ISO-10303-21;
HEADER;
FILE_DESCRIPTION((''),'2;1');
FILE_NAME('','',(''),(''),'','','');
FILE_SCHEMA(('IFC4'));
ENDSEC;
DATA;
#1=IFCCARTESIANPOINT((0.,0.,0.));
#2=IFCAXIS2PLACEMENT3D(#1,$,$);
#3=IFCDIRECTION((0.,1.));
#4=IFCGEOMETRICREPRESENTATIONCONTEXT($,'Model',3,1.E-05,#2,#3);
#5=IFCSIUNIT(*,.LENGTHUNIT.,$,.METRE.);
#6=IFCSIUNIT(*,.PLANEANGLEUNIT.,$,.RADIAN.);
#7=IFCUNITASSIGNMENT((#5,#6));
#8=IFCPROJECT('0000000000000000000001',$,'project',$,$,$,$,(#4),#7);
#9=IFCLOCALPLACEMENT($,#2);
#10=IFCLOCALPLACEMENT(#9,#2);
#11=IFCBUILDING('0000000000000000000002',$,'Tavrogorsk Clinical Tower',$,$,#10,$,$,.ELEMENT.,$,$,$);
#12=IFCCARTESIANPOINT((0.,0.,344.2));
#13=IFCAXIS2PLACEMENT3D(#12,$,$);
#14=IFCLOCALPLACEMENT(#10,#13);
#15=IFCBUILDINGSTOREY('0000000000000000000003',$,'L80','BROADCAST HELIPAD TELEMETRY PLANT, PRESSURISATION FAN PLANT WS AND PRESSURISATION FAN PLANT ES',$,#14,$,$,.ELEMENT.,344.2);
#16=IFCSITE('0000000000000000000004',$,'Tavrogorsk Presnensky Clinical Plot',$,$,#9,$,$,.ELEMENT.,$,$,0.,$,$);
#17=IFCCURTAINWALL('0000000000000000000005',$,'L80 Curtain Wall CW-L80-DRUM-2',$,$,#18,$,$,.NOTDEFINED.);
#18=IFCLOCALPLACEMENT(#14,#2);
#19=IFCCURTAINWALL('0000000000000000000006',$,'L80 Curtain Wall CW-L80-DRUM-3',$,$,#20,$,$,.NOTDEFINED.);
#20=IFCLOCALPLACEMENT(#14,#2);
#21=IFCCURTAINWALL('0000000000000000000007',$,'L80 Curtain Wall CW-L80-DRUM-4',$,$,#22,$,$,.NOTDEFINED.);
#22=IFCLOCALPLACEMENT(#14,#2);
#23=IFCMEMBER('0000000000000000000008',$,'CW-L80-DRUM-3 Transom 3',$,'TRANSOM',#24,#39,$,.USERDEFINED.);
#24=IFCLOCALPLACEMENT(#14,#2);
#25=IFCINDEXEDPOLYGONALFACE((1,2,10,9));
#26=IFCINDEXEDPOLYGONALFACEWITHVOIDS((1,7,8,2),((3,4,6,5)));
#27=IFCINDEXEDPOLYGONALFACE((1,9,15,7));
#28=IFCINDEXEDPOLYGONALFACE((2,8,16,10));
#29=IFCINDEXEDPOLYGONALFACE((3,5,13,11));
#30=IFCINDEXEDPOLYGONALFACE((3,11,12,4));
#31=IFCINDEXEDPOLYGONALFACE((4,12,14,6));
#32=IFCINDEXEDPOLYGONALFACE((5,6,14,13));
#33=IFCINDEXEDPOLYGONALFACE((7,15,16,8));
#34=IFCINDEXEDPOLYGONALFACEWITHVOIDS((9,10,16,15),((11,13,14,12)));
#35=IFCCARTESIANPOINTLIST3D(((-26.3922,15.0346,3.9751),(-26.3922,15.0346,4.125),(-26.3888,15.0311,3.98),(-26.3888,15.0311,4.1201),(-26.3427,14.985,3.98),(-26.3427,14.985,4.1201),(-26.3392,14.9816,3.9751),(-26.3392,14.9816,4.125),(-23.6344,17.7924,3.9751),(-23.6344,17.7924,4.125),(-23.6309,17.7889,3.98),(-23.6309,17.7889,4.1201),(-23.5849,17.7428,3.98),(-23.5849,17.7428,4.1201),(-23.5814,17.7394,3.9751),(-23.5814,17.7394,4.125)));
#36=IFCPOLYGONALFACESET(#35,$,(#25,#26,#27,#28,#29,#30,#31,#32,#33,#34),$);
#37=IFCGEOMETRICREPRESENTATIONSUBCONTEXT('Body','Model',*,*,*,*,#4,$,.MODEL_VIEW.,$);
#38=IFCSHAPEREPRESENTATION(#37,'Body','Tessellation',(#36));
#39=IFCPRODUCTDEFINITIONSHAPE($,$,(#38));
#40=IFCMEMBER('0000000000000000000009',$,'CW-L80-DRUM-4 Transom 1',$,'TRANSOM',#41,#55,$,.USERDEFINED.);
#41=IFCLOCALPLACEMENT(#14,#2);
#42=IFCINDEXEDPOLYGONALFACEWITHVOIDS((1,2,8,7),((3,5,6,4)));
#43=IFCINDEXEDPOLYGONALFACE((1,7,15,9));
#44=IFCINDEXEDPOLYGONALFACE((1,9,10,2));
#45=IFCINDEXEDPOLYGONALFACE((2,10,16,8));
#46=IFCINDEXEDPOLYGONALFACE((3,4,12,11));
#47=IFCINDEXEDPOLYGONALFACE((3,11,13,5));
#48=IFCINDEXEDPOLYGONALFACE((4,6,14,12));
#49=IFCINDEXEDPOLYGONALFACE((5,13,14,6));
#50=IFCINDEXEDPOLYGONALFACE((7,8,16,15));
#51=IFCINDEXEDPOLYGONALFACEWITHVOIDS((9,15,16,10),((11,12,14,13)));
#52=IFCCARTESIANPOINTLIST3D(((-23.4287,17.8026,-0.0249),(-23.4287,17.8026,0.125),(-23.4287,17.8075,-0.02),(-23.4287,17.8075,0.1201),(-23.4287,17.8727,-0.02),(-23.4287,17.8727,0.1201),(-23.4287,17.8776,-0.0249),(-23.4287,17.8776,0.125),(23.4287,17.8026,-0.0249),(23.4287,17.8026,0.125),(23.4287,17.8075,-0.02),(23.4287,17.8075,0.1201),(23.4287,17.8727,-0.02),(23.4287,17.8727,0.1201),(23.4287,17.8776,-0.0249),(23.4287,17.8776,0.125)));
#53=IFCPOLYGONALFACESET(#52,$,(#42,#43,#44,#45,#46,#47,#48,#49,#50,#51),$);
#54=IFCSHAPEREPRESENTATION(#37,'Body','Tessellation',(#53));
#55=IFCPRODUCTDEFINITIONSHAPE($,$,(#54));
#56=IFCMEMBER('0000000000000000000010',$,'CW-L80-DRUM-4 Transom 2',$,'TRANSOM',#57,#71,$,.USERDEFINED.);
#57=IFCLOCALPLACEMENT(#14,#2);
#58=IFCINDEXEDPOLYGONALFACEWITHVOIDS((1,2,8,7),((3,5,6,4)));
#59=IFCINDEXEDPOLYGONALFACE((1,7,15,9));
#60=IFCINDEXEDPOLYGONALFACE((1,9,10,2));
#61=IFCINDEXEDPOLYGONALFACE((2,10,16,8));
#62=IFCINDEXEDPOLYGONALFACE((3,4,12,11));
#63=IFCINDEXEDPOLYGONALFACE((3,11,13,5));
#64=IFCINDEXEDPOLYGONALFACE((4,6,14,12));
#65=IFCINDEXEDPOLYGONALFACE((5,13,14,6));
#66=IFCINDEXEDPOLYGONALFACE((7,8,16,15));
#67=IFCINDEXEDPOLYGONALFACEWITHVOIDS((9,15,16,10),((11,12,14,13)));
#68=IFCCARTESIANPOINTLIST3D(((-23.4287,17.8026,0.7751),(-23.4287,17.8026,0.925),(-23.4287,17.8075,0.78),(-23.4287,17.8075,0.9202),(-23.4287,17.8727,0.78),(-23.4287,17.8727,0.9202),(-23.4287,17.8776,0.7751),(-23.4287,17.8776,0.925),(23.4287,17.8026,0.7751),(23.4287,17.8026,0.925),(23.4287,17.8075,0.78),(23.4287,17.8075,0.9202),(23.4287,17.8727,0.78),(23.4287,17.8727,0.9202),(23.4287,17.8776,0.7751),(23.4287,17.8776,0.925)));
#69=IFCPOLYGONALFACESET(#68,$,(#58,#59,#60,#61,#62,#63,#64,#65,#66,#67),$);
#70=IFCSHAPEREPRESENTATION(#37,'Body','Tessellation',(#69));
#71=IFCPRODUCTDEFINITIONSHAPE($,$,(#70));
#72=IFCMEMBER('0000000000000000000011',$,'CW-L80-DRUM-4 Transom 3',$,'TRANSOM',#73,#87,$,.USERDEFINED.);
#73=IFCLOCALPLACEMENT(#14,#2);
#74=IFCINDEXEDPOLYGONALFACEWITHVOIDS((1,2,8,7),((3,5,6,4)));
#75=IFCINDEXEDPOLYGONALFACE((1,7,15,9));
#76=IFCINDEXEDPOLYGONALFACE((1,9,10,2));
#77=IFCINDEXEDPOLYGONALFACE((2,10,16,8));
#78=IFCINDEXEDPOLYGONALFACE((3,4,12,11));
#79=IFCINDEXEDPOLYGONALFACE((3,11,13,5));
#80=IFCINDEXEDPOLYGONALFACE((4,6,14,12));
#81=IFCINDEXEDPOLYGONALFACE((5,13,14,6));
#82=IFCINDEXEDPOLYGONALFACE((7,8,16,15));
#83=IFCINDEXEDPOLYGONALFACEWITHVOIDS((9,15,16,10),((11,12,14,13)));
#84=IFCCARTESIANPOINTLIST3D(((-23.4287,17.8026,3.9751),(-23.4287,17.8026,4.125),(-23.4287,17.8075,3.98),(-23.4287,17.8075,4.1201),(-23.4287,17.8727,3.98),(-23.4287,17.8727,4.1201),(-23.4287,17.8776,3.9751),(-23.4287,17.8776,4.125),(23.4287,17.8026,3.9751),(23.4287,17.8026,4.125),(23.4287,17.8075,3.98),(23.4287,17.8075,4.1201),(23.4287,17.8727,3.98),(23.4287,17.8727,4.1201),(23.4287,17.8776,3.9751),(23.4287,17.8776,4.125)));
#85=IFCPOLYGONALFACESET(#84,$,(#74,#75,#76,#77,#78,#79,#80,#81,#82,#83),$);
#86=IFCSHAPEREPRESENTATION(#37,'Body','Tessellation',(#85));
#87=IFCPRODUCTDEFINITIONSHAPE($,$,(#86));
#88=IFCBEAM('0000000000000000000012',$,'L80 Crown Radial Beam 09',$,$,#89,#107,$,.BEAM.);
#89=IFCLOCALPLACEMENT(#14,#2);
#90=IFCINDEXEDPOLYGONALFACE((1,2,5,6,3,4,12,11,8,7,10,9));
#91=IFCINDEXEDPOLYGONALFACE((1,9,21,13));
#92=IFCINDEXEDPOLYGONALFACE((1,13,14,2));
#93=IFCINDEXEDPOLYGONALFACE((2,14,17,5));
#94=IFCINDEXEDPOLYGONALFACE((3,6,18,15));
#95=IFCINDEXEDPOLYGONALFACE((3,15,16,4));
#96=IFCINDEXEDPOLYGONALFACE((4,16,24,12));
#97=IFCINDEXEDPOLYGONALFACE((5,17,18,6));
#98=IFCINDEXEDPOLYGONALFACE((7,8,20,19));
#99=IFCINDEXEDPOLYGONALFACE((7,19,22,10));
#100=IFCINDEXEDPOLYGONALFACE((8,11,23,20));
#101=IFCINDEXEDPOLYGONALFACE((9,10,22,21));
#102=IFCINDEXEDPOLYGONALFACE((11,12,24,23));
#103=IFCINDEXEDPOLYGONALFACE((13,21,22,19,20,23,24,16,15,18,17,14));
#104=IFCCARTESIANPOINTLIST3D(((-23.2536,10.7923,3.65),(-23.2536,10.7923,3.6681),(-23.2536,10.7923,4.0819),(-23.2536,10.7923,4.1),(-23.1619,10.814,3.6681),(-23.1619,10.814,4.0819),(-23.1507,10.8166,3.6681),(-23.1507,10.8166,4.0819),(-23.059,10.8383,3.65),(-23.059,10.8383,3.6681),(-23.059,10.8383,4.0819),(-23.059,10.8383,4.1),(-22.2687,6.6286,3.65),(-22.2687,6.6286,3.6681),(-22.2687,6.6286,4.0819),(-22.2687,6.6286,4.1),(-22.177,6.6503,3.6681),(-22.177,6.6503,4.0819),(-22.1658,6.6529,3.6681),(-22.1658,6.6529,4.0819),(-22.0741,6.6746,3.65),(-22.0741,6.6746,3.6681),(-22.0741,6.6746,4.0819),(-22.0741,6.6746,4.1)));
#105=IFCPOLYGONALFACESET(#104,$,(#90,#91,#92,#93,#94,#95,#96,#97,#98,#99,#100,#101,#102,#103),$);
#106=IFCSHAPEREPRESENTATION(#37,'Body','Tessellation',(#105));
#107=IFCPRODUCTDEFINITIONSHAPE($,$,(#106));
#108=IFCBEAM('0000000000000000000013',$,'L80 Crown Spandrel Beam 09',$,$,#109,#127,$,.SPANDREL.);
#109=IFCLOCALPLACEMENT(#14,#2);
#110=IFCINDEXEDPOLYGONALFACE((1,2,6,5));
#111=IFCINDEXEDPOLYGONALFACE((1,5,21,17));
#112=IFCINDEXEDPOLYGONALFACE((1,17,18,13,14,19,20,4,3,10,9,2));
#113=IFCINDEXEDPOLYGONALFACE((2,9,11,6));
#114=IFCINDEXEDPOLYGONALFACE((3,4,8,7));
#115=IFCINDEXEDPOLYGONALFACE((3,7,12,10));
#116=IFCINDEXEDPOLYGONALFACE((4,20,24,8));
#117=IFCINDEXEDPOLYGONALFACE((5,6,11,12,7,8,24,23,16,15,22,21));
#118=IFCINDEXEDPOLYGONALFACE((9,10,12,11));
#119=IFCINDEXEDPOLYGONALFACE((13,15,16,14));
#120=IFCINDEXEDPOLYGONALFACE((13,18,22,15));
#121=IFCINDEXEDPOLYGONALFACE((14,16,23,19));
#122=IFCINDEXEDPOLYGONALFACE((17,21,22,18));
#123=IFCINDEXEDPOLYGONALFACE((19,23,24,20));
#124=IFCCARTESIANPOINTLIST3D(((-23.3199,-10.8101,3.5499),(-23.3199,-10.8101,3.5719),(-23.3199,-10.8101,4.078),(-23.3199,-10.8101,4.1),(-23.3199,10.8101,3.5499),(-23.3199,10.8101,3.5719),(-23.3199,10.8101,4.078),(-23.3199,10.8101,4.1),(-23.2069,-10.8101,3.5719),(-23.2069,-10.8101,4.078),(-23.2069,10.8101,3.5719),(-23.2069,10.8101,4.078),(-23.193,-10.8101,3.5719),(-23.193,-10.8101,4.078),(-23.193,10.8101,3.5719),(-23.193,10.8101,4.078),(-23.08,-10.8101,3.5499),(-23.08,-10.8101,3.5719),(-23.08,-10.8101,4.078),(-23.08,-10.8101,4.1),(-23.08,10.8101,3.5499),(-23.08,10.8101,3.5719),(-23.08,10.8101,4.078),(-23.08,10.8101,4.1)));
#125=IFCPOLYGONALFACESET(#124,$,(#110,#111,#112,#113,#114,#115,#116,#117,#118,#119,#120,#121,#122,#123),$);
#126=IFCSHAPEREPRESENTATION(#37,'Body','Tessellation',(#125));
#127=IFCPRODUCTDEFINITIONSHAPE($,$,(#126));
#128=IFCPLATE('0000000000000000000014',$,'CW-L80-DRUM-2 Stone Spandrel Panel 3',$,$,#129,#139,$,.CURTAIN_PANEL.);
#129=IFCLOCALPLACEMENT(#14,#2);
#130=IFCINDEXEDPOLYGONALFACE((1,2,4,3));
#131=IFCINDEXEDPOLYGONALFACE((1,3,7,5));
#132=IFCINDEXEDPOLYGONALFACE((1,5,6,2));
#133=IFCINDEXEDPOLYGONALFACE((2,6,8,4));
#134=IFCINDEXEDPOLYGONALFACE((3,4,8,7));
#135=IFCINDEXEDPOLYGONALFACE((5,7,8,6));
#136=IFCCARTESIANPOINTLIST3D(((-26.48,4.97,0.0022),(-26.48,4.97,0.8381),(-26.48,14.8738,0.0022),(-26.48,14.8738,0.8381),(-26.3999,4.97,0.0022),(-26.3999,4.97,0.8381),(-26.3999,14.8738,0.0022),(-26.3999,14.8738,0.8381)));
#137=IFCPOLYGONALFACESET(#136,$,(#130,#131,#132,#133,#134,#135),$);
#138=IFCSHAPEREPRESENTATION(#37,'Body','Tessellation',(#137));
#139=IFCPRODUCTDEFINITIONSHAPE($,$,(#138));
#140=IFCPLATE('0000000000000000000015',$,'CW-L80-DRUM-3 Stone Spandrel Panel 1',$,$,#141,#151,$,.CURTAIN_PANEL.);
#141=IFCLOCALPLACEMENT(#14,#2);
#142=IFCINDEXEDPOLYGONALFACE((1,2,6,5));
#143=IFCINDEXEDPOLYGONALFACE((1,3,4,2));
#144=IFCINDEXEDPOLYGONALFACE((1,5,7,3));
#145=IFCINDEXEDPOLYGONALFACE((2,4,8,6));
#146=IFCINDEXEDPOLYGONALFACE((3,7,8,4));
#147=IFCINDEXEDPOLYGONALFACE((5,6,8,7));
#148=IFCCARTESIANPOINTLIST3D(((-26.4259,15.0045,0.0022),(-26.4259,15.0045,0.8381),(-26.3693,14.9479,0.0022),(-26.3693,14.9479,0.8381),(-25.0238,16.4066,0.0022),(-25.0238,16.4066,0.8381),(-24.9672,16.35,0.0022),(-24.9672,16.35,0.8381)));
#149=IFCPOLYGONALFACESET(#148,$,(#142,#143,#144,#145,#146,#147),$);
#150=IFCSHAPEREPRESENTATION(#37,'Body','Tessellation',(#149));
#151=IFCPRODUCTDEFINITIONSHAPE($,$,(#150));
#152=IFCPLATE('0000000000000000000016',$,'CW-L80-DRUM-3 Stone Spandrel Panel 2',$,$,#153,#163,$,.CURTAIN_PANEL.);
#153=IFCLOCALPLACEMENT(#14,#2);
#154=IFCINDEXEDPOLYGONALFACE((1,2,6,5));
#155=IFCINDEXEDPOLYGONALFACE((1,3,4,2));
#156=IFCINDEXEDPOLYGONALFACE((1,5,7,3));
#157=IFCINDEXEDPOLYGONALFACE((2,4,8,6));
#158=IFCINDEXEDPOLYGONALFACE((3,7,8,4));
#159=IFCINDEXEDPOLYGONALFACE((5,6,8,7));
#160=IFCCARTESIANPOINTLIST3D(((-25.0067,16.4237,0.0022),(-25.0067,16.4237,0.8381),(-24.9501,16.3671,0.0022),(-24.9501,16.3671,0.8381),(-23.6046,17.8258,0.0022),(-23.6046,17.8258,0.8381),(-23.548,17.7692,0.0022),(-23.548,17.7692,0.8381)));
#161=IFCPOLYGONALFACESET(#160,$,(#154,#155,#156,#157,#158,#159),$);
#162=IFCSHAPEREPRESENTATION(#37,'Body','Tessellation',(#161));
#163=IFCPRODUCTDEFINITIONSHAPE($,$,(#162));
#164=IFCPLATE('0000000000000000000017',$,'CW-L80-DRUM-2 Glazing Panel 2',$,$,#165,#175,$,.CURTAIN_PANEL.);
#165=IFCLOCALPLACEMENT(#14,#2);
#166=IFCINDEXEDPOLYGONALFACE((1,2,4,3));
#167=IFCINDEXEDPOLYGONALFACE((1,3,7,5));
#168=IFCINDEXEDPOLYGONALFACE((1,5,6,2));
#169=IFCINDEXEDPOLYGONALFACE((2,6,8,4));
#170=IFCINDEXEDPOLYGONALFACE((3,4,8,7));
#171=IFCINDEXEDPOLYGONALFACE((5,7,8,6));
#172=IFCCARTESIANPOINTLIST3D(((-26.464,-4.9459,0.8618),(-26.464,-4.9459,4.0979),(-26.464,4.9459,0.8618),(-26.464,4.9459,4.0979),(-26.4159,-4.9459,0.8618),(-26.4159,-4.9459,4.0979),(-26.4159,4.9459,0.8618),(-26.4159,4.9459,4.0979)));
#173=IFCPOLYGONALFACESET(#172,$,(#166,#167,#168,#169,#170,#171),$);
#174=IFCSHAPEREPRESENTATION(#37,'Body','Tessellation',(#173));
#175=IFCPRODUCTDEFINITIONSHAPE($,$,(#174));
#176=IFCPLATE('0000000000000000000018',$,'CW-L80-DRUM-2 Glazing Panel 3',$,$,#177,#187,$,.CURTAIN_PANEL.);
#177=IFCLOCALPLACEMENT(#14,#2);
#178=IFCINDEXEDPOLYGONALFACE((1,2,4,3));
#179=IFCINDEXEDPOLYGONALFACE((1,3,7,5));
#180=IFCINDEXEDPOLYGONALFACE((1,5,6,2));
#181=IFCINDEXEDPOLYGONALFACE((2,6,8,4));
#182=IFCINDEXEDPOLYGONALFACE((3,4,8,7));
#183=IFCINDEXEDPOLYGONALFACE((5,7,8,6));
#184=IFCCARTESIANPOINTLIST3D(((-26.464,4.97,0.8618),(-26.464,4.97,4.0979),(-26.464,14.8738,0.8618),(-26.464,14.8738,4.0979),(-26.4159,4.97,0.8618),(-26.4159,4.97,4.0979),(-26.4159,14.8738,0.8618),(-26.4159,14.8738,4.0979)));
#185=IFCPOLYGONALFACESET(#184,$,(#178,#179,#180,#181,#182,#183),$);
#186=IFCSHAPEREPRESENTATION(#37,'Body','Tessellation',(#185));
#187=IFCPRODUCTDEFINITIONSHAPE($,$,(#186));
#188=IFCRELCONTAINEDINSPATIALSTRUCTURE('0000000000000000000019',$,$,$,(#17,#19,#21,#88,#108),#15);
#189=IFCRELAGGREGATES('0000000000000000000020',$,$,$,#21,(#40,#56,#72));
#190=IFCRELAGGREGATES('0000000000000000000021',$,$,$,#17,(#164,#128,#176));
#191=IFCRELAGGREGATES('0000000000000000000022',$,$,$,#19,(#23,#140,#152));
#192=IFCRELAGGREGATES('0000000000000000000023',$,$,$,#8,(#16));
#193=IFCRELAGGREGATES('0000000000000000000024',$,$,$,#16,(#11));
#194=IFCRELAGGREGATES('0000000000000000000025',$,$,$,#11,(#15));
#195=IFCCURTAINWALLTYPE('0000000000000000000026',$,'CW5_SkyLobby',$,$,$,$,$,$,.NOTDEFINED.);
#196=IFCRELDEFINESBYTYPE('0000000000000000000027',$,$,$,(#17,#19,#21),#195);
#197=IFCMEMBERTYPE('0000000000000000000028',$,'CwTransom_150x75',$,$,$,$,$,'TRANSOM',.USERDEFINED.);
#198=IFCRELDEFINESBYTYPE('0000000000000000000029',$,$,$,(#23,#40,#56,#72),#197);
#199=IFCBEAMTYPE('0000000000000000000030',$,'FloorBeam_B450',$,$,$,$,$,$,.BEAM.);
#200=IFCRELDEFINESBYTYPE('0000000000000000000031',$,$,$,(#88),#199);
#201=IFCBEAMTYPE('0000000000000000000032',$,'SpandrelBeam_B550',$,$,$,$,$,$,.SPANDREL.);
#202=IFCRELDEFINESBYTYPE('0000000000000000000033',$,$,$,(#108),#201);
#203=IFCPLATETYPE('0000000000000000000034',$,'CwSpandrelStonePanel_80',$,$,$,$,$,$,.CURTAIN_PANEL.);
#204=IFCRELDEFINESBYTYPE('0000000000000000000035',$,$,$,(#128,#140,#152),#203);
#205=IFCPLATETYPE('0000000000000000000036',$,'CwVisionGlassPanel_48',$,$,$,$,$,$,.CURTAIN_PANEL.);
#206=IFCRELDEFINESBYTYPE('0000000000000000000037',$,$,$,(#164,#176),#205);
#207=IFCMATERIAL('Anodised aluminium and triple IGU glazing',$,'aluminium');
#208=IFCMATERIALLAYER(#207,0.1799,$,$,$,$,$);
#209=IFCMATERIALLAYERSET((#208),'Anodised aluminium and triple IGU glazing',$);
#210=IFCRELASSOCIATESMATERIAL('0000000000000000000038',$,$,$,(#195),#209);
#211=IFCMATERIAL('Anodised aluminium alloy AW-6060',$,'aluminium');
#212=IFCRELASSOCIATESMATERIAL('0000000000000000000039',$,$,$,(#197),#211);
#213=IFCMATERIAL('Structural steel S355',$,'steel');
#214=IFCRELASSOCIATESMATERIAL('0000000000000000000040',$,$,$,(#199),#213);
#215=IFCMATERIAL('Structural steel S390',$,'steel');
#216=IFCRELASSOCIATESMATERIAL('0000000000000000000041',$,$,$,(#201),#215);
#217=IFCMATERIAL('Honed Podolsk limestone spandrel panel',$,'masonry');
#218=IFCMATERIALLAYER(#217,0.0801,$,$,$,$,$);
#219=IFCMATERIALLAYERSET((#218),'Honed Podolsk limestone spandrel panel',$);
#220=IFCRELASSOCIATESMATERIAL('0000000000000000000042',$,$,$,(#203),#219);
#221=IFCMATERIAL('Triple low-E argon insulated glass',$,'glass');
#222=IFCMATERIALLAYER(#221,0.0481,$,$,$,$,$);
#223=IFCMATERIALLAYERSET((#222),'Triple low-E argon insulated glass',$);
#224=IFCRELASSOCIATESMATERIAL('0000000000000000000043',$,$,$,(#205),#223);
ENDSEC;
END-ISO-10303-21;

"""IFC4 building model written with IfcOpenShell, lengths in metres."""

from ifc_helpers import new_model, si_unit, direction, frame, origin, origin_2d, place, context, subcontext, project, spatial, rectangle, hollow_rectangle, i_section, extrude, material, layer, layer_set, material_profile, profile_set, type_object, element, aggregate, save


model = new_model("IFC4")

# Units and contexts
model_context = context("Model", 3, precision=1e-05, world=origin(), true_north=direction((0.0, 1.0)))
body_context = subcontext(model_context, "Body", "Model", "MODEL_VIEW")
ifc_project = project(units=[si_unit("LENGTHUNIT", "METRE"), si_unit("PLANEANGLEUNIT", "RADIAN")], contexts=[model_context])

# Site, building, storey
site_placement = place(None, origin())
site = spatial("IfcSite", under=ifc_project, at=site_placement, Name="Tavrogorsk Presnensky Clinical Plot", CompositionType="ELEMENT", RefElevation=0.0)
building_placement = place(site_placement, origin())
building = spatial("IfcBuilding", under=site, at=building_placement, Name="Tavrogorsk Clinical Tower", CompositionType="ELEMENT")
storey_placement = place(building_placement, frame((0.0, 0.0, 344.2)))
storey = spatial("IfcBuildingStorey", under=building, at=storey_placement, Name="L80", Description="BROADCAST HELIPAD TELEMETRY PLANT, PRESSURISATION FAN PLANT WS AND PRESSURISATION FAN PLANT ES", CompositionType="ELEMENT", Elevation=344.2)

# Curtain walls
ifc_material_1 = material(Name="Anodised aluminium and triple IGU glazing", Category="aluminium")
ifc_layer_1 = layer(ifc_material_1, 0.1799)
ifc_layer_set_1 = layer_set([ifc_layer_1], Name="Anodised aluminium and triple IGU glazing")
curtain_wall_type = type_object("IfcCurtainWallType", Name="CW5_SkyLobby", PredefinedType="NOTDEFINED", material=ifc_layer_set_1)
curtain_wall_1_placement = place(storey_placement, origin())
curtain_wall_1 = element("IfcCurtainWall", 1, at=curtain_wall_1_placement, inside=storey, type_object=curtain_wall_type, Name="L80 Curtain Wall CW-L80-DRUM-2", PredefinedType="NOTDEFINED")
curtain_wall_2_placement = place(storey_placement, origin())
curtain_wall_2 = element("IfcCurtainWall", 2, at=curtain_wall_2_placement, inside=storey, type_object=curtain_wall_type, Name="L80 Curtain Wall CW-L80-DRUM-3", PredefinedType="NOTDEFINED")

# Curtain wall
curtain_wall_3_placement = place(storey_placement, origin())
curtain_wall_3 = element("IfcCurtainWall", 3, at=curtain_wall_3_placement, inside=storey, type_object=curtain_wall_type, Name="L80 Curtain Wall CW-L80-DRUM-4", PredefinedType="NOTDEFINED")

# Members
ifc_material_2 = material(Name="Anodised aluminium alloy AW-6060", Category="aluminium")
ifc_material_profile_1 = material_profile(ifc_material_2, hollow_rectangle(XDim=0.075, YDim=0.1499, WallThickness=0.0049, at=origin_2d()), Name="RHS-150x75x5")
ifc_profile_set_1 = profile_set([ifc_material_profile_1], Name="Anodised aluminium alloy AW-6060")
member_type_1 = type_object("IfcMemberType", Name="CwTransom_150x75", ElementType="TRANSOM", PredefinedType="USERDEFINED", material=ifc_profile_set_1)
member_1_placement = place(storey_placement, frame((-26.3657, 15.0081, 4.05), z_axis=(0.707107, 0.707107, 0.0), x_axis=(-0.707107, 0.707107, 0.0)))
member_1 = element("IfcMember", 4, at=member_1_placement, type_object=member_type_1, Name="CW-L80-DRUM-3 Transom 3", ObjectType="TRANSOM", PredefinedType="USERDEFINED", context=body_context, shape_type="SweptSolid", body=[
    extrude(hollow_rectangle(XDim=0.075, YDim=0.1499, WallThickness=0.0049, at=origin_2d()), origin(), (0.0, 0.0, 1.0), 3.9001),
])
member_2_placement = place(storey_placement, frame((-23.4287, 17.8401, 0.05), z_axis=(1.0, 0.0, 0.0), x_axis=(0.0, 1.0, 0.0)))
member_2 = element("IfcMember", 5, at=member_2_placement, type_object=member_type_1, Name="CW-L80-DRUM-4 Transom 1", ObjectType="TRANSOM", PredefinedType="USERDEFINED", context=body_context, shape_type="SweptSolid", body=[
    extrude(hollow_rectangle(XDim=0.075, YDim=0.1499, WallThickness=0.0049, at=origin_2d()), origin(), (0.0, 0.0, 1.0), 46.8574),
])
member_3_placement = place(storey_placement, frame((-23.4287, 17.8401, 0.8501), z_axis=(1.0, 0.0, 0.0), x_axis=(0.0, 1.0, 0.0)))
member_3 = element("IfcMember", 6, at=member_3_placement, type_object=member_type_1, Name="CW-L80-DRUM-4 Transom 2", ObjectType="TRANSOM", PredefinedType="USERDEFINED", context=body_context, shape_type="SweptSolid", body=[
    extrude(hollow_rectangle(XDim=0.075, YDim=0.1499, WallThickness=0.0049, at=origin_2d()), origin(), (0.0, 0.0, 1.0), 46.8574),
])
member_4_placement = place(storey_placement, frame((-23.4287, 17.8401, 4.05), z_axis=(1.0, 0.0, 0.0), x_axis=(0.0, 1.0, 0.0)))
member_4 = element("IfcMember", 7, at=member_4_placement, type_object=member_type_1, Name="CW-L80-DRUM-4 Transom 3", ObjectType="TRANSOM", PredefinedType="USERDEFINED", context=body_context, shape_type="SweptSolid", body=[
    extrude(hollow_rectangle(XDim=0.075, YDim=0.1499, WallThickness=0.0049, at=origin_2d()), origin(), (0.0, 0.0, 1.0), 46.8574),
])
aggregate(curtain_wall_3, [member_2, member_3, member_4])

# Beams
ifc_material_3 = material(Name="Structural steel S355", Category="steel")
ifc_material_profile_2 = material_profile(ifc_material_3, i_section(OverallWidth=0.2, OverallDepth=0.45, WebThickness=0.0115, FlangeThickness=0.0181, at=origin_2d()), Name="B-450x200x11.5x18")
ifc_profile_set_2 = profile_set([ifc_material_profile_2], Name="Structural steel S355")
beam_type_1 = type_object("IfcBeamType", Name="FloorBeam_B450", PredefinedType="BEAM", material=ifc_profile_set_2)
beam_1_placement = place(storey_placement, frame((-22.1714, 6.6516, 3.875), z_axis=(-0.230191, 0.973146, 0.0), x_axis=(-0.973146, -0.230191, 0.0)))
element("IfcBeam", 8, at=beam_1_placement, inside=storey, type_object=beam_type_1, Name="L80 Crown Radial Beam 09", PredefinedType="BEAM", context=body_context, shape_type="SweptSolid", body=[
    extrude(i_section(OverallWidth=0.2, OverallDepth=0.45, WebThickness=0.0115, FlangeThickness=0.0181, at=origin_2d()), origin(), (0.0, 0.0, 1.0), 4.2786),
])
ifc_material_4 = material(Name="Structural steel S390", Category="steel")
ifc_material_profile_3 = material_profile(ifc_material_4, i_section(OverallWidth=0.24, OverallDepth=0.55, WebThickness=0.0139, FlangeThickness=0.022, at=origin_2d()), Name="B-550x240x14x22")
ifc_profile_set_3 = profile_set([ifc_material_profile_3], Name="Structural steel S390")
beam_type_2 = type_object("IfcBeamType", Name="SpandrelBeam_B550", PredefinedType="SPANDREL", material=ifc_profile_set_3)
beam_2_placement = place(storey_placement, frame((-23.2, 10.8101, 3.825), z_axis=(0.0, -1.0, 0.0), x_axis=(1.0, 0.0, 0.0)))
element("IfcBeam", 9, at=beam_2_placement, inside=storey, type_object=beam_type_2, Name="L80 Crown Spandrel Beam 09", PredefinedType="SPANDREL", context=body_context, shape_type="SweptSolid", body=[
    extrude(i_section(OverallWidth=0.24, OverallDepth=0.55, WebThickness=0.0139, FlangeThickness=0.022, at=origin_2d()), origin(), (0.0, 0.0, 1.0), 21.6201),
])

# Plates
ifc_material_5 = material(Name="Honed Podolsk limestone spandrel panel", Category="masonry")
ifc_layer_2 = layer(ifc_material_5, 0.0801)
ifc_layer_set_2 = layer_set([ifc_layer_2], Name="Honed Podolsk limestone spandrel panel")
plate_type_1 = type_object("IfcPlateType", Name="CwSpandrelStonePanel_80", PredefinedType="CURTAIN_PANEL", material=ifc_layer_set_2)
plate_1_placement = place(storey_placement, frame((-26.4399, 9.9219, 0.0022), z_axis=(0.0, 0.0, 1.0), x_axis=(0.0, 1.0, 0.0)))
plate_1 = element("IfcPlate", 10, at=plate_1_placement, type_object=plate_type_1, Name="CW-L80-DRUM-2 Stone Spandrel Panel 3", PredefinedType="CURTAIN_PANEL", context=body_context, shape_type="SweptSolid", body=[
    extrude(rectangle(XDim=9.9038, YDim=0.0801, at=origin_2d()), origin(), (0.0, 0.0, 1.0), 0.8359),
])
plate_2_placement = place(storey_placement, frame((-25.6965, 15.6772, 0.0022), z_axis=(0.0, 0.0, 1.0), x_axis=(0.707107, 0.707107, 0.0)))
plate_2 = element("IfcPlate", 11, at=plate_2_placement, type_object=plate_type_1, Name="CW-L80-DRUM-3 Stone Spandrel Panel 1", PredefinedType="CURTAIN_PANEL", context=body_context, shape_type="SweptSolid", body=[
    extrude(rectangle(XDim=1.9829, YDim=0.0801, at=origin_2d()), origin(), (0.0, 0.0, 1.0), 0.8359),
])
plate_3_placement = place(storey_placement, frame((-24.2773, 17.0964, 0.0022), z_axis=(0.0, 0.0, 1.0), x_axis=(0.707107, 0.707107, 0.0)))
plate_3 = element("IfcPlate", 12, at=plate_3_placement, type_object=plate_type_1, Name="CW-L80-DRUM-3 Stone Spandrel Panel 2", PredefinedType="CURTAIN_PANEL", context=body_context, shape_type="SweptSolid", body=[
    extrude(rectangle(XDim=1.9829, YDim=0.0801, at=origin_2d()), origin(), (0.0, 0.0, 1.0), 0.8359),
])
ifc_material_6 = material(Name="Triple low-E argon insulated glass", Category="glass")
ifc_layer_3 = layer(ifc_material_6, 0.0481)
ifc_layer_set_3 = layer_set([ifc_layer_3], Name="Triple low-E argon insulated glass")
plate_type_2 = type_object("IfcPlateType", Name="CwVisionGlassPanel_48", PredefinedType="CURTAIN_PANEL", material=ifc_layer_set_3)
plate_4_placement = place(storey_placement, frame((-26.4399, 0.0, 0.8618), z_axis=(0.0, 0.0, 1.0), x_axis=(0.0, 1.0, 0.0)))
plate_4 = element("IfcPlate", 13, at=plate_4_placement, type_object=plate_type_2, Name="CW-L80-DRUM-2 Glazing Panel 2", PredefinedType="CURTAIN_PANEL", context=body_context, shape_type="SweptSolid", body=[
    extrude(rectangle(XDim=9.8918, YDim=0.0481, at=origin_2d()), origin(), (0.0, 0.0, 1.0), 3.2361),
])
plate_5_placement = place(storey_placement, frame((-26.4399, 9.9219, 0.8618), z_axis=(0.0, 0.0, 1.0), x_axis=(0.0, 1.0, 0.0)))
plate_5 = element("IfcPlate", 14, at=plate_5_placement, type_object=plate_type_2, Name="CW-L80-DRUM-2 Glazing Panel 3", PredefinedType="CURTAIN_PANEL", context=body_context, shape_type="SweptSolid", body=[
    extrude(rectangle(XDim=9.9038, YDim=0.0481, at=origin_2d()), origin(), (0.0, 0.0, 1.0), 3.2361),
])
aggregate(curtain_wall_1, [plate_4, plate_1, plate_5])
aggregate(curtain_wall_2, [member_1, plate_2, plate_3])

save(model, "model.ifc")
